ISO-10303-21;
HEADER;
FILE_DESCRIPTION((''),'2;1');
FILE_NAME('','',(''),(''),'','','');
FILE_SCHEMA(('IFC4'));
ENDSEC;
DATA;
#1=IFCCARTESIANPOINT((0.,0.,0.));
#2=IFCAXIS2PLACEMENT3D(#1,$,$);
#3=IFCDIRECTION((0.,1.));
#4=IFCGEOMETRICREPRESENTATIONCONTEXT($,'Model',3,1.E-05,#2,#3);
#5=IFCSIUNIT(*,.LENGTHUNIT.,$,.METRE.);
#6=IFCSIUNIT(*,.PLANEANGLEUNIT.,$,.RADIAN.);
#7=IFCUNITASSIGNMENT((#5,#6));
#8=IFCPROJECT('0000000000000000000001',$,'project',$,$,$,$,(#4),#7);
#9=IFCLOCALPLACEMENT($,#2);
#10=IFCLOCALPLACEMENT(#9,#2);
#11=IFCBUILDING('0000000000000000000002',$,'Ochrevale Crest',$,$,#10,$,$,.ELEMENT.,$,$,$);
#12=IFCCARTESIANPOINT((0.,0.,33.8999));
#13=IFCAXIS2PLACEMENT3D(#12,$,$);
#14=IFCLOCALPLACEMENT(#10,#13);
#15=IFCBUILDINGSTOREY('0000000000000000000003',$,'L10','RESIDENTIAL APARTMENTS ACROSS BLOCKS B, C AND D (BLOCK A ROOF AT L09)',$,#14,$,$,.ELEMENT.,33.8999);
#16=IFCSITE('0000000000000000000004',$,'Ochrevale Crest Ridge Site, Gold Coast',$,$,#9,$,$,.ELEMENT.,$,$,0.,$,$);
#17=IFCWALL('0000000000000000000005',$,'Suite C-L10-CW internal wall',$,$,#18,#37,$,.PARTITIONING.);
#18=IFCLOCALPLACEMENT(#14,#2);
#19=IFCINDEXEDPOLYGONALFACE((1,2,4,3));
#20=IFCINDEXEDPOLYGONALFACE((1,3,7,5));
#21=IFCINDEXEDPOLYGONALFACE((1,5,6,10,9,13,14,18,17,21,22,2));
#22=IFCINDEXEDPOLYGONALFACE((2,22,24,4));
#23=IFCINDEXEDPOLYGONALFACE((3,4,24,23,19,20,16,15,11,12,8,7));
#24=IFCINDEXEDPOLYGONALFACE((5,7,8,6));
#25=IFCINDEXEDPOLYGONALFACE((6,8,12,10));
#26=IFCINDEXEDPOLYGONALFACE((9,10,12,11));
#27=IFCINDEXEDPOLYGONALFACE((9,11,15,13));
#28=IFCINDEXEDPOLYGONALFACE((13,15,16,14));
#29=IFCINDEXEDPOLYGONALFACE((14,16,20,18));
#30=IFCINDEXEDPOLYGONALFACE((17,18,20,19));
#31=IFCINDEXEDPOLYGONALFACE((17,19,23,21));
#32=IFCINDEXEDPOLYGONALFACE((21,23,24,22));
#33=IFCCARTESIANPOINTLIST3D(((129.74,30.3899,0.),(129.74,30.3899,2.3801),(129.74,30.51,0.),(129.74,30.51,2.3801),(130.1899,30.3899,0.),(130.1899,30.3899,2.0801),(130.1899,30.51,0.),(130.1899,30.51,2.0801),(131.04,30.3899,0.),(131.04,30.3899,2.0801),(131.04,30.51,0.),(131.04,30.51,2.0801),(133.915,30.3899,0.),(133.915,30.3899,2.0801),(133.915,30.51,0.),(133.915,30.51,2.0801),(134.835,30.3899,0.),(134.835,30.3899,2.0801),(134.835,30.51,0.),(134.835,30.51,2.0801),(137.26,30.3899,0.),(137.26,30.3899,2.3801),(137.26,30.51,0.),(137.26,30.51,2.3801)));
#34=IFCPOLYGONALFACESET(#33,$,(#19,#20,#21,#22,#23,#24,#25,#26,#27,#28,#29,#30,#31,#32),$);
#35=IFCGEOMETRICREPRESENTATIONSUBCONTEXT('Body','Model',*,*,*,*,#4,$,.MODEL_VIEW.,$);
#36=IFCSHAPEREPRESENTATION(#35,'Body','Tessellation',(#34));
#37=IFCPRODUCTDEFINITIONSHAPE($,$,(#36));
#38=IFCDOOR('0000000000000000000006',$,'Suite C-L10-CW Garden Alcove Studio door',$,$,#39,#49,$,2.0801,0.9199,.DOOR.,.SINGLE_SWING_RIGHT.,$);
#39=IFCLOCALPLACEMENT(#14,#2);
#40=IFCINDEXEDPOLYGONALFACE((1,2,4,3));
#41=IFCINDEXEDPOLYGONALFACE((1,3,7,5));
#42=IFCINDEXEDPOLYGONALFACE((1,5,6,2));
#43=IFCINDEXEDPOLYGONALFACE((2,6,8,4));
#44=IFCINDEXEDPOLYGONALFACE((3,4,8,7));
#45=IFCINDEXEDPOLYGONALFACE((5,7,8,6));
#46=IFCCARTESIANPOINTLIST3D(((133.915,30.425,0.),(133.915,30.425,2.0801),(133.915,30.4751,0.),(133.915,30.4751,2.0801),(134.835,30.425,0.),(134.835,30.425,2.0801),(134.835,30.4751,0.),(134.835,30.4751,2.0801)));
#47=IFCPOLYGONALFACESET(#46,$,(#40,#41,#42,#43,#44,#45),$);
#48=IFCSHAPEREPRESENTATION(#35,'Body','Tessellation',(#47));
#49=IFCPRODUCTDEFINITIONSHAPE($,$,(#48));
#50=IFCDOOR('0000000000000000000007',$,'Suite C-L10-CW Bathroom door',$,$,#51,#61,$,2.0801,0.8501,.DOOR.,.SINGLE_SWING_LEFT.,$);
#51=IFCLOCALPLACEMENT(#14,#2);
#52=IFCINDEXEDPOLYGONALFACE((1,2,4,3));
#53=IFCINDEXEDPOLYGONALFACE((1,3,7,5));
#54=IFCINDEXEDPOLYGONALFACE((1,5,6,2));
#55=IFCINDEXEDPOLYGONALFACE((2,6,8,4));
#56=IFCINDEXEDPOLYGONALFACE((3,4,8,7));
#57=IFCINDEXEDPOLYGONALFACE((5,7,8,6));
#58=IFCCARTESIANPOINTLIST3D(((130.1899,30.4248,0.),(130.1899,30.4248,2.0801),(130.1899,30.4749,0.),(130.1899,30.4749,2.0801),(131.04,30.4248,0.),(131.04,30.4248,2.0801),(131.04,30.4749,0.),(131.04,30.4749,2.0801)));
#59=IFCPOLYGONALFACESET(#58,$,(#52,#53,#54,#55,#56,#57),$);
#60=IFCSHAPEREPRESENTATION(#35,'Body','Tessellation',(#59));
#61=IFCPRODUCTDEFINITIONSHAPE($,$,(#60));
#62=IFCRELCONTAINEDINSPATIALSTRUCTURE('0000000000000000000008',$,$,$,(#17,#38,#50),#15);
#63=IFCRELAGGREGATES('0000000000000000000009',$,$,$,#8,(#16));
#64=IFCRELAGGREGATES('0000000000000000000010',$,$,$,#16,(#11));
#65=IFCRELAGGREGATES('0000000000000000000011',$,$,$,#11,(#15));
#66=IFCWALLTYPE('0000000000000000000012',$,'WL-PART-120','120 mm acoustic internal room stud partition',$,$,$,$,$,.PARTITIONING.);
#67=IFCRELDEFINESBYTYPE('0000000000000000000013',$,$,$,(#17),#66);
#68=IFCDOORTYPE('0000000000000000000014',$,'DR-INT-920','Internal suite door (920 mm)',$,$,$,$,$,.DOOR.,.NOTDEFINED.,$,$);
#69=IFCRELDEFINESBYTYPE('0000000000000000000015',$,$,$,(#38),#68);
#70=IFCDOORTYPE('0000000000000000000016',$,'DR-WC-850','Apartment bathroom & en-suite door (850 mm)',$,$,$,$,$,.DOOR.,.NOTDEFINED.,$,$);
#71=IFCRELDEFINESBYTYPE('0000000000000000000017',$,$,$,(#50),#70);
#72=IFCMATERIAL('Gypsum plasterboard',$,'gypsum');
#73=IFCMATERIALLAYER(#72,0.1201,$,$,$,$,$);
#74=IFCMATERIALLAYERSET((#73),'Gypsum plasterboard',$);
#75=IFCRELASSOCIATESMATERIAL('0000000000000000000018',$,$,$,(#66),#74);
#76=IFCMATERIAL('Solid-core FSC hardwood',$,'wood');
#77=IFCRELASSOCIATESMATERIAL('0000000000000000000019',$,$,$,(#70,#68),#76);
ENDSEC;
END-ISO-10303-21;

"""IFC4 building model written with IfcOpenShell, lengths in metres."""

from ifc_helpers import new_model, si_unit, direction, frame, frame_2d, origin, place, context, subcontext, project, spatial, rectangle, extrude, material, layer, layer_set, type_object, element, fill, save


model = new_model("IFC4")

# Units and contexts
model_context = context("Model", 3, precision=1e-05, world=origin(), true_north=direction((0.0, 1.0)))
body_context = subcontext(model_context, "Body", "Model", "MODEL_VIEW")
ifc_project = project(units=[si_unit("LENGTHUNIT", "METRE"), si_unit("PLANEANGLEUNIT", "RADIAN")], contexts=[model_context])

# Site, building, storey
site_placement = place(None, origin())
site = spatial("IfcSite", under=ifc_project, at=site_placement, Name="Ochrevale Crest Ridge Site, Gold Coast", CompositionType="ELEMENT", RefElevation=0.0)
building_placement = place(site_placement, origin())
building = spatial("IfcBuilding", under=site, at=building_placement, Name="Ochrevale Crest", CompositionType="ELEMENT")
storey_placement = place(building_placement, frame((0.0, 0.0, 33.8999)))
storey = spatial("IfcBuildingStorey", under=building, at=storey_placement, Name="L10", Description="RESIDENTIAL APARTMENTS ACROSS BLOCKS B, C AND D (BLOCK A ROOF AT L09)", CompositionType="ELEMENT", Elevation=33.8999)

# Shared definitions
ifc_material_1 = material(Name="Gypsum plasterboard", Category="gypsum")
ifc_material_2 = material(Name="Solid-core FSC hardwood", Category="wood")

# Wall, openings, doors
ifc_layer_1 = layer(ifc_material_1, 0.1201)
ifc_layer_set_1 = layer_set([ifc_layer_1], Name="Gypsum plasterboard")
wall_type_1 = type_object("IfcWallType", Name="WL-PART-120", Description="120 mm acoustic internal room stud partition", PredefinedType="PARTITIONING", material=ifc_layer_set_1)
door_type_1 = type_object("IfcDoorType", Name="DR-WC-850", Description="Apartment bathroom & en-suite door (850 mm)", OperationType="NOTDEFINED", PredefinedType="DOOR", material=ifc_material_2)
wall_1_placement = place(storey_placement, frame((129.74, 30.45, 0.0), z_axis=(0.0, 0.0, 1.0), x_axis=(1.0, 0.0, 0.0)))
wall_1 = element("IfcWall", 1, at=wall_1_placement, inside=storey, type_object=wall_type_1, Name="Suite C-L10-CW internal wall", PredefinedType="PARTITIONING", context=body_context, shape_type="SweptSolid", body=[
    extrude(rectangle(XDim=7.52, YDim=0.1201, at=frame_2d((3.76, 0.0))), origin(), (0.0, 0.0, 1.0), 2.3801),
])
opening_1_placement = place(wall_1_placement, frame((0.45, 0.0, 0.0)))
opening_1 = element("IfcOpeningElement", 2, at=opening_1_placement, cuts=wall_1, PredefinedType="OPENING", context=body_context, shape_type="SweptSolid", body=[
    extrude(rectangle(XDim=0.8501, YDim=2.0801, at=frame_2d((0.425, 1.04))), frame((0.0, 0.0701, 0.0), z_axis=(0.0, -1.0, 0.0), x_axis=(1.0, 0.0, 0.0)), (0.0, 0.0, 1.0), 0.1401),
])
opening_2_placement = place(wall_1_placement, frame((5.095, 0.0, 0.0), z_axis=(0.0, 0.0, 1.0), x_axis=(-1.0, 0.0, 0.0)))
opening_2 = element("IfcOpeningElement", 3, at=opening_2_placement, cuts=wall_1, PredefinedType="OPENING", context=body_context, shape_type="SweptSolid", body=[
    extrude(rectangle(XDim=0.9199, YDim=2.0801, at=frame_2d((0.46, 1.04))), frame((0.0, 0.0701, 0.0), z_axis=(0.0, -1.0, 0.0), x_axis=(1.0, 0.0, 0.0)), (0.0, 0.0, 1.0), 0.1401),
])
door_type_2 = type_object("IfcDoorType", Name="DR-INT-920", Description="Internal suite door (920 mm)", OperationType="NOTDEFINED", PredefinedType="DOOR", material=ifc_material_2)
door_1_placement = place(opening_2_placement, origin())
door_1 = element("IfcDoor", 4, at=door_1_placement, inside=storey, type_object=door_type_2, Name="Suite C-L10-CW Garden Alcove Studio door", OperationType="SINGLE_SWING_RIGHT", OverallHeight=2.0801, OverallWidth=0.9199, PredefinedType="DOOR", context=body_context, shape_type="SweptSolid", body=[
    extrude(rectangle(XDim=0.9199, YDim=2.0801, at=frame_2d((0.46, 1.04))), frame((0.0, 0.0249, 0.0), z_axis=(0.0, -1.0, 0.0), x_axis=(1.0, 0.0, 0.0)), (0.0, 0.0, 1.0), 0.05),
])
fill(opening_2, door_1)
door_2_placement = place(opening_1_placement, origin())
door_2 = element("IfcDoor", 5, at=door_2_placement, inside=storey, type_object=door_type_1, Name="Suite C-L10-CW Bathroom door", OperationType="SINGLE_SWING_LEFT", OverallHeight=2.0801, OverallWidth=0.8501, PredefinedType="DOOR", context=body_context, shape_type="SweptSolid", body=[
    extrude(rectangle(XDim=0.8501, YDim=2.0801, at=frame_2d((0.425, 1.04))), frame((0.0, 0.0249, 0.0), z_axis=(0.0, -1.0, 0.0), x_axis=(1.0, 0.0, 0.0)), (0.0, 0.0, 1.0), 0.05),
])
fill(opening_1, door_2)

save(model, "model.ifc")
